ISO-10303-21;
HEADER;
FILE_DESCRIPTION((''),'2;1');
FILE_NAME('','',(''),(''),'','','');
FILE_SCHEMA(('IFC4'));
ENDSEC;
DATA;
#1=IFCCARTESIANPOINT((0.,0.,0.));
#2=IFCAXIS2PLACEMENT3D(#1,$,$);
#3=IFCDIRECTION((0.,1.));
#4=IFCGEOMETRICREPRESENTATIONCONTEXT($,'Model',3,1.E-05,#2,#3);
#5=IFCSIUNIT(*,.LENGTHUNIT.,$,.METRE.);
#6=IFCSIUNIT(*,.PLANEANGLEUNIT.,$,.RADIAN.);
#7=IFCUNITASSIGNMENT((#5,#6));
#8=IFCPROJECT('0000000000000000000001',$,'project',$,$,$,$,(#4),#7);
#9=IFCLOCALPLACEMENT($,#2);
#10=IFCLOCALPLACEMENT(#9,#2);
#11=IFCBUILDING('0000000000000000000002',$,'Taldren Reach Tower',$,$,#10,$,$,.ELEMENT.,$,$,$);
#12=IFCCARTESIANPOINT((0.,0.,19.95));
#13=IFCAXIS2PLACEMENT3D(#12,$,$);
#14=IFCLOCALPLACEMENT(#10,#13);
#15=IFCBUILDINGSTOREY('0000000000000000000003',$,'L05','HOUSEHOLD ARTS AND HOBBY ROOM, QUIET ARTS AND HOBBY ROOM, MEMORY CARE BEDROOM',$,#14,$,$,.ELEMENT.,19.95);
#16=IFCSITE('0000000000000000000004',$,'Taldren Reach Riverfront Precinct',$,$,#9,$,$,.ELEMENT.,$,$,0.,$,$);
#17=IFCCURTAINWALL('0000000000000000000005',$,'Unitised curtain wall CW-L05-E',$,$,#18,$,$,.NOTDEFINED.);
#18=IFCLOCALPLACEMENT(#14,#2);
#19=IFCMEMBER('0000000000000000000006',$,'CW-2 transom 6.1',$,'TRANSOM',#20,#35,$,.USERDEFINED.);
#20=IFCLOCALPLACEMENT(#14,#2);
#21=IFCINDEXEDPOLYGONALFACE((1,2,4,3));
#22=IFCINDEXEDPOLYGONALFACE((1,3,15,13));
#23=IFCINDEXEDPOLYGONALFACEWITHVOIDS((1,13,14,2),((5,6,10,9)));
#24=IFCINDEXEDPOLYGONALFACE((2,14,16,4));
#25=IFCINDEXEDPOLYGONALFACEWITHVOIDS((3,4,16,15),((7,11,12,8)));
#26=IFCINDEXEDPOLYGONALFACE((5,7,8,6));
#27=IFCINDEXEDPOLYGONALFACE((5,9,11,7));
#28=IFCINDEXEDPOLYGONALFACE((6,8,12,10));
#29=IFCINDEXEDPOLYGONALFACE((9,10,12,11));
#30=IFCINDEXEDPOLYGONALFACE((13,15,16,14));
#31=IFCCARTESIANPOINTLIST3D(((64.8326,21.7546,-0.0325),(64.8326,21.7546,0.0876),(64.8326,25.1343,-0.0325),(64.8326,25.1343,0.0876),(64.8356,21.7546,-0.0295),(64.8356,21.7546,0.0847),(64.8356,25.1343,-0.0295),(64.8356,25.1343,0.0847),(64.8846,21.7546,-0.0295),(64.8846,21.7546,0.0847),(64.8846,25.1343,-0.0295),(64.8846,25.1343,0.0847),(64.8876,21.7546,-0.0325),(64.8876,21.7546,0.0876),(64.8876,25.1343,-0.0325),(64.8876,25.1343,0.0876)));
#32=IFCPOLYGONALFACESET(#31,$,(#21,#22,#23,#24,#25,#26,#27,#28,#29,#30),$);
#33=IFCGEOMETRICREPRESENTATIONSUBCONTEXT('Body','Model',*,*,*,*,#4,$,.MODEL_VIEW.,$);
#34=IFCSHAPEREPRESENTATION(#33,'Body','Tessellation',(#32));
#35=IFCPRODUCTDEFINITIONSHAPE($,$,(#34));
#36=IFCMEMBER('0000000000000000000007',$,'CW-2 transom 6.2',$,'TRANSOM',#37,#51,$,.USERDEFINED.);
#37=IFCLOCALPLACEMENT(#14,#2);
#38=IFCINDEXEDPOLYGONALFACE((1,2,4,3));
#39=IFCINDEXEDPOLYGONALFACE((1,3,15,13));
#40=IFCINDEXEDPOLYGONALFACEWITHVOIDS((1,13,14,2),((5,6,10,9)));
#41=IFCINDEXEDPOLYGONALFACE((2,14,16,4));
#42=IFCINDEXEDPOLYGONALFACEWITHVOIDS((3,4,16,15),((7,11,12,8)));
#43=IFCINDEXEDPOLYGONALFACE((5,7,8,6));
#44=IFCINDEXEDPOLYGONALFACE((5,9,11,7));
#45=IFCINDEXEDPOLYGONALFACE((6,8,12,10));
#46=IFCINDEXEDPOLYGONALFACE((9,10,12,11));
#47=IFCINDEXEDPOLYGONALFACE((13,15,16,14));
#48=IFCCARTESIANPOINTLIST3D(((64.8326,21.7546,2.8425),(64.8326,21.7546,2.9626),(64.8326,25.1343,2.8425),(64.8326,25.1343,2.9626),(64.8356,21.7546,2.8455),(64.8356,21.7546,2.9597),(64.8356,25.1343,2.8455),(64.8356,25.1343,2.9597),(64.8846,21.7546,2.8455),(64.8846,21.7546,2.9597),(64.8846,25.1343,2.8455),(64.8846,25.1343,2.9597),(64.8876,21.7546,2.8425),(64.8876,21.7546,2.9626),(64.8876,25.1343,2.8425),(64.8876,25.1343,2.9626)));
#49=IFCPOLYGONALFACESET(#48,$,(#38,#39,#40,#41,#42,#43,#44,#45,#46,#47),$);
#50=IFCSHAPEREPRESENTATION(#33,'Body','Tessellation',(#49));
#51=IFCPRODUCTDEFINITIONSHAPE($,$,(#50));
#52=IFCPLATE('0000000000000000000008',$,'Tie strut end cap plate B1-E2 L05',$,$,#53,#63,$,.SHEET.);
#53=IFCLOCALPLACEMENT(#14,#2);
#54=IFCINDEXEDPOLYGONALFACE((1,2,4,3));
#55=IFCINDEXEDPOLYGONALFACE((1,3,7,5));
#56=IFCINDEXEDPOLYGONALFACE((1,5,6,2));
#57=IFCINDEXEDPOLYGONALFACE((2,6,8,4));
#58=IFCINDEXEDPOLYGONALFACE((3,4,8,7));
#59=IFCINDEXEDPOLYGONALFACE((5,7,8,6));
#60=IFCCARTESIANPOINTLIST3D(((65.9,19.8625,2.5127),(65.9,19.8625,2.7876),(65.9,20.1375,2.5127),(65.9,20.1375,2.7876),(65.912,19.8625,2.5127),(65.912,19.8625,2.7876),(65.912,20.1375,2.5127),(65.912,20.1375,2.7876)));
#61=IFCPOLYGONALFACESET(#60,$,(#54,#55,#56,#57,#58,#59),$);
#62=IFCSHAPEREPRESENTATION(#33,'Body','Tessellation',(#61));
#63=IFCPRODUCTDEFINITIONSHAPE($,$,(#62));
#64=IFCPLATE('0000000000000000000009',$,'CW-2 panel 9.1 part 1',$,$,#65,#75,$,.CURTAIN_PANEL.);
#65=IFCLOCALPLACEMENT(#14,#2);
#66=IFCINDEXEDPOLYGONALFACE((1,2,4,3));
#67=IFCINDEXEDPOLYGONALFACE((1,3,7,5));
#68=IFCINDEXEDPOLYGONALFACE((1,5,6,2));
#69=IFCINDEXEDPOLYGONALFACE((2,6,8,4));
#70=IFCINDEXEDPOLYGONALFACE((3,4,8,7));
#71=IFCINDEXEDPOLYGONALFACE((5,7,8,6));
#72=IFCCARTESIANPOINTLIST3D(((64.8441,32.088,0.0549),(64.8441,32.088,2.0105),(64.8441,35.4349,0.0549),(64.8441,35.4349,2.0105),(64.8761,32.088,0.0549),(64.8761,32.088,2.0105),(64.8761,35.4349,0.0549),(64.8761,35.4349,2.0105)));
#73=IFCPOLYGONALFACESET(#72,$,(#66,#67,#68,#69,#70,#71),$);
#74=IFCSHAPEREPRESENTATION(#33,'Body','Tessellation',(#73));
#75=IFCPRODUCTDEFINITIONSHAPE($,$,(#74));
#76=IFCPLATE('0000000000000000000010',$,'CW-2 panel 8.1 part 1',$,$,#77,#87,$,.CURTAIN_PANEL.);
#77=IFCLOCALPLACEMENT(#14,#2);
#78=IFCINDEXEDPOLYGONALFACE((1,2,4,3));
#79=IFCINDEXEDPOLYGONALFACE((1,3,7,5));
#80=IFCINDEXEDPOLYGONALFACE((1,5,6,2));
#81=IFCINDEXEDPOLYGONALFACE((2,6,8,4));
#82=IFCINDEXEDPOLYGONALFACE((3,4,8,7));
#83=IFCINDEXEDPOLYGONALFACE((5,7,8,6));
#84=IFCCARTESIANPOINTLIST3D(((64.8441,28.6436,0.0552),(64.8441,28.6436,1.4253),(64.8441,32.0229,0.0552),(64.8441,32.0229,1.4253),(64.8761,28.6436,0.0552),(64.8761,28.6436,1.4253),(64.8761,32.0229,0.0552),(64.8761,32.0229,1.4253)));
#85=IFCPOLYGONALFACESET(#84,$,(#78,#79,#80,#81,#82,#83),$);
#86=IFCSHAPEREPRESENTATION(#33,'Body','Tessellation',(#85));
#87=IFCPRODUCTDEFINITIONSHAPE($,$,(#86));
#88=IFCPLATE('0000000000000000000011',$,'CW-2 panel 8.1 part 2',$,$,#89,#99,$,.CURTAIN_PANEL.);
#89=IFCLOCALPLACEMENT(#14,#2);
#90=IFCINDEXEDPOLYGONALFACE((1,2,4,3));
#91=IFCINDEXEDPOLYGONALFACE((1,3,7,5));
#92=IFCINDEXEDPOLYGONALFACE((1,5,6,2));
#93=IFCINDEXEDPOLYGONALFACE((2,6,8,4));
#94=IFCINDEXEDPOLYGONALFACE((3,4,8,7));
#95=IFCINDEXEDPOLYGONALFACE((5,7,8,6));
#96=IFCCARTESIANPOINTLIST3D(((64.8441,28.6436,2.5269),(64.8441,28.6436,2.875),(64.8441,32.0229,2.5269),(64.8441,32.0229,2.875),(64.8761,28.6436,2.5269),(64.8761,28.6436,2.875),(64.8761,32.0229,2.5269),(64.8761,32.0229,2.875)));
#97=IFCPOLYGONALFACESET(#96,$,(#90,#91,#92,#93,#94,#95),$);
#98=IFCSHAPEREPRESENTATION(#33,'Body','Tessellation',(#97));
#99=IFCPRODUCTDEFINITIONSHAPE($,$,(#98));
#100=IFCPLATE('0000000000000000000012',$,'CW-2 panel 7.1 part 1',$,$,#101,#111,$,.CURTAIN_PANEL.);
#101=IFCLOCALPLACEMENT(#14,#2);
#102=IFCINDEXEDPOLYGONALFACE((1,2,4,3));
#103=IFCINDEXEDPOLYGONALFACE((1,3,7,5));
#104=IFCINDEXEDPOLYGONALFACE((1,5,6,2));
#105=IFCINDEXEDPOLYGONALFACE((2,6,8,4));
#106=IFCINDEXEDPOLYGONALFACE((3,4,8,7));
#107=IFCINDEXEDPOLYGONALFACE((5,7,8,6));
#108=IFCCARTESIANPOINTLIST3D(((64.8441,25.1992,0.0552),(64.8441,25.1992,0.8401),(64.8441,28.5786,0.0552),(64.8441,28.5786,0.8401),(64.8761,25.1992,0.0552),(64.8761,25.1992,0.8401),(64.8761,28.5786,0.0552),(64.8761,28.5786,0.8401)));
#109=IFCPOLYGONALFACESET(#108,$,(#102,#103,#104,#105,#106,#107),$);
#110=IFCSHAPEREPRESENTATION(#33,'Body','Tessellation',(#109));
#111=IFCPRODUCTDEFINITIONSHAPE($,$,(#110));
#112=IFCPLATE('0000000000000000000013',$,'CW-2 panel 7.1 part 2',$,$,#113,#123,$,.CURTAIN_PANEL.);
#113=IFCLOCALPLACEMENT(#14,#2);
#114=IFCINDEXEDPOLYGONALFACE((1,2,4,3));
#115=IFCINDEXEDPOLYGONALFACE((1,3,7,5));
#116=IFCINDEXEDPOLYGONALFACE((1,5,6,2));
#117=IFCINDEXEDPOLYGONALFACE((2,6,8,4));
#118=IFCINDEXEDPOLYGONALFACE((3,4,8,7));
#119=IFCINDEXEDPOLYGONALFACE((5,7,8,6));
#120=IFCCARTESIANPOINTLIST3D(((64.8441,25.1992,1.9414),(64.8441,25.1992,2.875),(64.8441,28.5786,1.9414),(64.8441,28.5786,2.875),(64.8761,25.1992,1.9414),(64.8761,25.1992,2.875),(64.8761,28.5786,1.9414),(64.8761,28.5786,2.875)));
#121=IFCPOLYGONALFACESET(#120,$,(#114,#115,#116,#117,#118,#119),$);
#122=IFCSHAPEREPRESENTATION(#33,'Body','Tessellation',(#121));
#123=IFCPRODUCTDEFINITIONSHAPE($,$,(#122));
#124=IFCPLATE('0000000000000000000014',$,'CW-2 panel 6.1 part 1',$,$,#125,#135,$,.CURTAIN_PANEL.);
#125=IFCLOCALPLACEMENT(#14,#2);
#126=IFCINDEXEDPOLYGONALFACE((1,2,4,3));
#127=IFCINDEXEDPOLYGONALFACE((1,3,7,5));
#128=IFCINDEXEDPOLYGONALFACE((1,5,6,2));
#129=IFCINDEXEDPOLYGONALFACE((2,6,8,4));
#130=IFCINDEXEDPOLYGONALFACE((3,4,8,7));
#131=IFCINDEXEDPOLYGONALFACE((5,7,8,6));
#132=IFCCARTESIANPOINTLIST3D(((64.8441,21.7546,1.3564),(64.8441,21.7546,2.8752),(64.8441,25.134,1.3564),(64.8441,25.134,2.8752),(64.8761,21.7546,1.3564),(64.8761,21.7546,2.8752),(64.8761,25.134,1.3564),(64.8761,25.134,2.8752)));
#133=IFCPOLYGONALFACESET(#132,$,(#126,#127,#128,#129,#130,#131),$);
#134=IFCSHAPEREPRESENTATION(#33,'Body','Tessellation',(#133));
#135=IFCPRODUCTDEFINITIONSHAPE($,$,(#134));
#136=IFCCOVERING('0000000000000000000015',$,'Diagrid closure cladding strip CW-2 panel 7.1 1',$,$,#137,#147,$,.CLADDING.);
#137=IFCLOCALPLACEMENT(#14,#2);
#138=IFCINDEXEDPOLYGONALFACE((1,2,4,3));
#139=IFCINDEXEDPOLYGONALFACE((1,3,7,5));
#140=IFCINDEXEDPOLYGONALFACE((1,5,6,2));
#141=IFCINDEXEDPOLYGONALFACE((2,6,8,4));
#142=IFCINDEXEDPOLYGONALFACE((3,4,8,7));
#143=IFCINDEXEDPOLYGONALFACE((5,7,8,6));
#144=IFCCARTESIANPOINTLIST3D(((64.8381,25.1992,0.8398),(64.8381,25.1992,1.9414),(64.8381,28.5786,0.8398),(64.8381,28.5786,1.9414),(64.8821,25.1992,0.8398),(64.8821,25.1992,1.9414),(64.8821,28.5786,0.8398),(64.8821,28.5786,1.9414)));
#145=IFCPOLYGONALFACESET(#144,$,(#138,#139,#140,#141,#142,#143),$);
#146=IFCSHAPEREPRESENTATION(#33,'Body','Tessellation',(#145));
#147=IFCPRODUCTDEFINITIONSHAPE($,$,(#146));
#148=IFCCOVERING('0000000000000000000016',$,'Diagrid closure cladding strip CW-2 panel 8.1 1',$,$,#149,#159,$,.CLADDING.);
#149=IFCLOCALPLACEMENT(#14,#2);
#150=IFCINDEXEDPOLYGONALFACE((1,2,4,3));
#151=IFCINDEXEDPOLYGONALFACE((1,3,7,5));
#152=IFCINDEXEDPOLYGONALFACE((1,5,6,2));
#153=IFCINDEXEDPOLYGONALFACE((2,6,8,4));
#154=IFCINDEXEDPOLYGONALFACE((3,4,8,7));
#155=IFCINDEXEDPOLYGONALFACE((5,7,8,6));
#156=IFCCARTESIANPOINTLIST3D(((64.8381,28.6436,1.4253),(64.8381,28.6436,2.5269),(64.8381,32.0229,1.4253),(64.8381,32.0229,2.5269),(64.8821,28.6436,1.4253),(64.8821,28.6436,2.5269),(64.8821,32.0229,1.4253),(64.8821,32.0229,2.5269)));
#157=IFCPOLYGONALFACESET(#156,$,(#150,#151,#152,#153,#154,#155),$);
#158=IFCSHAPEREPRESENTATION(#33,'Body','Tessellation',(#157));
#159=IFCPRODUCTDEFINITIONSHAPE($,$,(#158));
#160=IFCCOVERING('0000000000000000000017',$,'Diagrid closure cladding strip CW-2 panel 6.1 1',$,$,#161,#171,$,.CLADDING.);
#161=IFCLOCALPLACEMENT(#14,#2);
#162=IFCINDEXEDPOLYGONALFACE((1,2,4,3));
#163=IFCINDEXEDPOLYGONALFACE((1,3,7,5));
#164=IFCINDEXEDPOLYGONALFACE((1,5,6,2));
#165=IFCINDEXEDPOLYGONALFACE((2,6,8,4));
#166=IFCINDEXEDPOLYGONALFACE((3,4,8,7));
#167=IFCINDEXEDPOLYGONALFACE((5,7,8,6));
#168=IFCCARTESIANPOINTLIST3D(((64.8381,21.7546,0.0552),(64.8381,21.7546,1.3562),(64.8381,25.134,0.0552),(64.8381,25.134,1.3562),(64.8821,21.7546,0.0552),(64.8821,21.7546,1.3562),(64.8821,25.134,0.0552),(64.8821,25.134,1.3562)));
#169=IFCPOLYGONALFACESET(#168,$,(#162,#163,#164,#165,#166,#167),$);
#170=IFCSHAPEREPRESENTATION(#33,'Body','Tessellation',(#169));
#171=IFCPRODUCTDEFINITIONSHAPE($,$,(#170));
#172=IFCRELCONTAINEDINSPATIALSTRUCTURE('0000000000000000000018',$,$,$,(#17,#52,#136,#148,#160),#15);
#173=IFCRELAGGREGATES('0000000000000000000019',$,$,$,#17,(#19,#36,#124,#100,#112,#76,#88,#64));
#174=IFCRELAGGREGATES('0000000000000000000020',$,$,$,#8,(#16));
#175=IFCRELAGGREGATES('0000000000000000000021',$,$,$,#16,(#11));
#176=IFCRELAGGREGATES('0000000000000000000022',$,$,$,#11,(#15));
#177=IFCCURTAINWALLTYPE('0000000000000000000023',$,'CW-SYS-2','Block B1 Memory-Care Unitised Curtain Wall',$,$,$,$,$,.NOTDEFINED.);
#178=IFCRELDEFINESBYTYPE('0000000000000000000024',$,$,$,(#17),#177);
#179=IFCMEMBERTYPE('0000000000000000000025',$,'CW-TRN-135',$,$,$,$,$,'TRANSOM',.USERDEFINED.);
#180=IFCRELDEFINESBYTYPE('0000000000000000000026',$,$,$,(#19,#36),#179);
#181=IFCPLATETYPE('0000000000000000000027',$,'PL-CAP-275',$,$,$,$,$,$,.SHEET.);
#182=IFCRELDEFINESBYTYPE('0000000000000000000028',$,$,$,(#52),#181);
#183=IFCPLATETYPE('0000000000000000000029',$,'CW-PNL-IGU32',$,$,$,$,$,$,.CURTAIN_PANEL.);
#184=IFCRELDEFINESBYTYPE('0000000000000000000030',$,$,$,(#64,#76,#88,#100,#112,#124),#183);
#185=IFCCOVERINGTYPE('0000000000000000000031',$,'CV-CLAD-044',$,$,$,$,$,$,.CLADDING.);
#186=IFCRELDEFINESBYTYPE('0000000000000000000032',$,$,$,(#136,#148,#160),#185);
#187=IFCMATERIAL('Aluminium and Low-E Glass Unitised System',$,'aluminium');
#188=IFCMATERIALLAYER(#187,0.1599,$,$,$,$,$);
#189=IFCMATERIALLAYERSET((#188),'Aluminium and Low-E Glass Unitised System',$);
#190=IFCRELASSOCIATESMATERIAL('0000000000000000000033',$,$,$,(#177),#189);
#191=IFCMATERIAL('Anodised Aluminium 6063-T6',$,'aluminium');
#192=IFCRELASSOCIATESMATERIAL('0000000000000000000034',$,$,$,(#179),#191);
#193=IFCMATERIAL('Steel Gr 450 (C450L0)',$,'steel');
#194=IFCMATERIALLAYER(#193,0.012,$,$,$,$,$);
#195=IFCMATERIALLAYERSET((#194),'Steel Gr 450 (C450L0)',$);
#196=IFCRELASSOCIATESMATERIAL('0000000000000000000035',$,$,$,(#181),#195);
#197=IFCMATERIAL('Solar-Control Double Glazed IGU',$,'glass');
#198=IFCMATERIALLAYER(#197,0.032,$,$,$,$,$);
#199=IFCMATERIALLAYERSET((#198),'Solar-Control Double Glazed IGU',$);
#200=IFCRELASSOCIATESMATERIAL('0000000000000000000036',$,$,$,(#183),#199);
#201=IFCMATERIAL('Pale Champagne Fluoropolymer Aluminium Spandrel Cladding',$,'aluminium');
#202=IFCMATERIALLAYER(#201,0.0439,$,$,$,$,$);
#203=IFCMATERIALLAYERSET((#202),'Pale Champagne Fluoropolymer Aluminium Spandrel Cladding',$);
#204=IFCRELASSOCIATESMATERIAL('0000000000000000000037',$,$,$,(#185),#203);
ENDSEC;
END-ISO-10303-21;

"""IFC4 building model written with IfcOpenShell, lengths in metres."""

from ifc_helpers import new_model, si_unit, direction, frame, origin, origin_2d, place, context, subcontext, project, spatial, rectangle, hollow_rectangle, extrude, source, transform, mapped, material, layer, layer_set, material_profile, profile_set, type_object, element, aggregate, save


model = new_model("IFC4")

# Units and contexts
model_context = context("Model", 3, precision=1e-05, world=origin(), true_north=direction((0.0, 1.0)))
body_context = subcontext(model_context, "Body", "Model", "MODEL_VIEW")
ifc_project = project(units=[si_unit("LENGTHUNIT", "METRE"), si_unit("PLANEANGLEUNIT", "RADIAN")], contexts=[model_context])

# Site, building, storey
site_placement = place(None, origin())
site = spatial("IfcSite", under=ifc_project, at=site_placement, Name="Taldren Reach Riverfront Precinct", CompositionType="ELEMENT", RefElevation=0.0)
building_placement = place(site_placement, origin())
building = spatial("IfcBuilding", under=site, at=building_placement, Name="Taldren Reach Tower", CompositionType="ELEMENT")
storey_placement = place(building_placement, frame((0.0, 0.0, 19.95)))
storey = spatial("IfcBuildingStorey", under=building, at=storey_placement, Name="L05", Description="HOUSEHOLD ARTS AND HOBBY ROOM, QUIET ARTS AND HOBBY ROOM, MEMORY CARE BEDROOM", CompositionType="ELEMENT", Elevation=19.95)

# Shared definitions
ifc_material_1 = material(Name="Steel Gr 450 (C450L0)", Category="steel")

# Curtain wall, members
ifc_material_2 = material(Name="Aluminium and Low-E Glass Unitised System", Category="aluminium")
ifc_layer_1 = layer(ifc_material_2, 0.1599)
ifc_layer_set_1 = layer_set([ifc_layer_1], Name="Aluminium and Low-E Glass Unitised System")
curtain_wall_type = type_object("IfcCurtainWallType", Name="CW-SYS-2", Description="Block B1 Memory-Care Unitised Curtain Wall", PredefinedType="NOTDEFINED", material=ifc_layer_set_1)
curtain_wall_placement = place(storey_placement, origin())
curtain_wall = element("IfcCurtainWall", 1, at=curtain_wall_placement, inside=storey, type_object=curtain_wall_type, Name="Unitised curtain wall CW-L05-E", PredefinedType="NOTDEFINED")
ifc_material_3 = material(Name="Anodised Aluminium 6063-T6", Category="aluminium")
ifc_material_profile_1 = material_profile(ifc_material_3, hollow_rectangle(XDim=0.0549, YDim=0.1201, WallThickness=0.0029, at=origin_2d()), Name="ALU-120x55x3RHS")
ifc_profile_set_1 = profile_set([ifc_material_profile_1], Name="Anodised Aluminium 6063-T6")
member_type_1 = type_object("IfcMemberType", Name="CW-TRN-135", ElementType="TRANSOM", PredefinedType="USERDEFINED", material=ifc_profile_set_1)
shared_shape_1 = source(origin(), body_context, "Body", "SweptSolid", [
    extrude(hollow_rectangle(XDim=0.0549, YDim=0.1201, WallThickness=0.0029, at=origin_2d()), origin(), (0.0, 0.0, 1.0), 3.3796),
])
member_1_placement = place(storey_placement, frame((64.8601, 21.7546, 0.0276), z_axis=(0.0, 1.0, 0.0), x_axis=(-1.0, 0.0, 0.0)))
member_1 = element("IfcMember", 2, at=member_1_placement, type_object=member_type_1, Name="CW-2 transom 6.1", ObjectType="TRANSOM", PredefinedType="USERDEFINED", context=body_context, shape_type="MappedRepresentation", body=[
    mapped(shared_shape_1, transform((0.0, 0.0, 0.0), scale=1.0)),
])
member_2_placement = place(storey_placement, frame((64.8601, 21.7546, 2.9026), z_axis=(0.0, 1.0, 0.0), x_axis=(-1.0, 0.0, 0.0)))
member_2 = element("IfcMember", 3, at=member_2_placement, type_object=member_type_1, Name="CW-2 transom 6.2", ObjectType="TRANSOM", PredefinedType="USERDEFINED", context=body_context, shape_type="MappedRepresentation", body=[
    mapped(shared_shape_1, transform((0.0, 0.0, 0.0), scale=1.0)),
])

# Plates
ifc_layer_2 = layer(ifc_material_1, 0.012)
ifc_layer_set_2 = layer_set([ifc_layer_2], Name="Steel Gr 450 (C450L0)")
plate_type_1 = type_object("IfcPlateType", Name="PL-CAP-275", PredefinedType="SHEET", material=ifc_layer_set_2)
shared_shape_2 = source(origin(), body_context, "Body", "SweptSolid", [
    extrude(rectangle(XDim=0.012, YDim=0.2749, at=origin_2d()), origin(), (0.0, 0.0, 1.0), 0.2749),
])
plate_1_placement = place(storey_placement, frame((65.906, 20.0, 2.5127), z_axis=(0.0, 0.0, 1.0), x_axis=(1.0, 0.0, 0.0)))
element("IfcPlate", 4, at=plate_1_placement, inside=storey, type_object=plate_type_1, Name="Tie strut end cap plate B1-E2 L05", PredefinedType="SHEET", context=body_context, shape_type="MappedRepresentation", body=[
    mapped(shared_shape_2, transform((0.0, 0.0, 0.0), scale=1.0)),
])
ifc_material_4 = material(Name="Solar-Control Double Glazed IGU", Category="glass")
ifc_layer_3 = layer(ifc_material_4, 0.032)
ifc_layer_set_3 = layer_set([ifc_layer_3], Name="Solar-Control Double Glazed IGU")
plate_type_2 = type_object("IfcPlateType", Name="CW-PNL-IGU32", PredefinedType="CURTAIN_PANEL", material=ifc_layer_set_3)
shared_shape_3 = source(origin(), body_context, "Body", "SweptSolid", [
    extrude(rectangle(XDim=3.3469, YDim=0.032, at=origin_2d()), origin(), (0.0, 0.0, 1.0), 1.9556),
])
plate_2_placement = place(storey_placement, frame((64.8601, 33.7615, 0.0549), z_axis=(0.0, 0.0, 1.0), x_axis=(0.0, 1.0, 0.0)))
plate_2 = element("IfcPlate", 5, at=plate_2_placement, type_object=plate_type_2, Name="CW-2 panel 9.1 part 1", PredefinedType="CURTAIN_PANEL", context=body_context, shape_type="MappedRepresentation", body=[
    mapped(shared_shape_3, transform((0.0, 0.0, 0.0), scale=1.0)),
])
shared_shape_4 = source(origin(), body_context, "Body", "SweptSolid", [
    extrude(rectangle(XDim=3.3794, YDim=0.032, at=origin_2d()), origin(), (0.0, 0.0, 1.0), 1.3701),
])
plate_3_placement = place(storey_placement, frame((64.8601, 30.3333, 0.0552), z_axis=(0.0, 0.0, 1.0), x_axis=(0.0, 1.0, 0.0)))
plate_3 = element("IfcPlate", 6, at=plate_3_placement, type_object=plate_type_2, Name="CW-2 panel 8.1 part 1", PredefinedType="CURTAIN_PANEL", context=body_context, shape_type="MappedRepresentation", body=[
    mapped(shared_shape_4, transform((0.0, 0.0, 0.0), scale=1.0)),
])
shared_shape_5 = source(origin(), body_context, "Body", "SweptSolid", [
    extrude(rectangle(XDim=3.3794, YDim=0.032, at=origin_2d()), origin(), (0.0, 0.0, 1.0), 0.3481),
])
plate_4_placement = place(storey_placement, frame((64.8601, 30.3333, 2.5269), z_axis=(0.0, 0.0, 1.0), x_axis=(0.0, 1.0, 0.0)))
plate_4 = element("IfcPlate", 7, at=plate_4_placement, type_object=plate_type_2, Name="CW-2 panel 8.1 part 2", PredefinedType="CURTAIN_PANEL", context=body_context, shape_type="MappedRepresentation", body=[
    mapped(shared_shape_5, transform((0.0, 0.0, 0.0), scale=1.0)),
])
shared_shape_6 = source(origin(), body_context, "Body", "SweptSolid", [
    extrude(rectangle(XDim=3.3794, YDim=0.032, at=origin_2d()), origin(), (0.0, 0.0, 1.0), 0.7849),
])
plate_5_placement = place(storey_placement, frame((64.8601, 26.8889, 0.0552), z_axis=(0.0, 0.0, 1.0), x_axis=(0.0, 1.0, 0.0)))
plate_5 = element("IfcPlate", 8, at=plate_5_placement, type_object=plate_type_2, Name="CW-2 panel 7.1 part 1", PredefinedType="CURTAIN_PANEL", context=body_context, shape_type="MappedRepresentation", body=[
    mapped(shared_shape_6, transform((0.0, 0.0, 0.0), scale=1.0)),
])
shared_shape_7 = source(origin(), body_context, "Body", "SweptSolid", [
    extrude(rectangle(XDim=3.3794, YDim=0.032, at=origin_2d()), origin(), (0.0, 0.0, 1.0), 0.9336),
])
plate_6_placement = place(storey_placement, frame((64.8601, 26.8889, 1.9414), z_axis=(0.0, 0.0, 1.0), x_axis=(0.0, 1.0, 0.0)))
plate_6 = element("IfcPlate", 9, at=plate_6_placement, type_object=plate_type_2, Name="CW-2 panel 7.1 part 2", PredefinedType="CURTAIN_PANEL", context=body_context, shape_type="MappedRepresentation", body=[
    mapped(shared_shape_7, transform((0.0, 0.0, 0.0), scale=1.0)),
])
shared_shape_8 = source(origin(), body_context, "Body", "SweptSolid", [
    extrude(rectangle(XDim=3.3794, YDim=0.032, at=origin_2d()), origin(), (0.0, 0.0, 1.0), 1.5188),
])
plate_7_placement = place(storey_placement, frame((64.8601, 23.4443, 1.3564), z_axis=(0.0, 0.0, 1.0), x_axis=(0.0, 1.0, 0.0)))
plate_7 = element("IfcPlate", 10, at=plate_7_placement, type_object=plate_type_2, Name="CW-2 panel 6.1 part 1", PredefinedType="CURTAIN_PANEL", context=body_context, shape_type="MappedRepresentation", body=[
    mapped(shared_shape_8, transform((0.0, 0.0, 0.0), scale=1.0)),
])
aggregate(curtain_wall, [member_1, member_2, plate_7, plate_5, plate_6, plate_3, plate_4, plate_2])

# Coverings
ifc_material_5 = material(Name="Pale Champagne Fluoropolymer Aluminium Spandrel Cladding", Category="aluminium")
ifc_layer_4 = layer(ifc_material_5, 0.0439)
ifc_layer_set_4 = layer_set([ifc_layer_4], Name="Pale Champagne Fluoropolymer Aluminium Spandrel Cladding")
covering_type = type_object("IfcCoveringType", Name="CV-CLAD-044", PredefinedType="CLADDING", material=ifc_layer_set_4)
shared_shape_9 = source(origin(), body_context, "Body", "SweptSolid", [
    extrude(rectangle(XDim=3.3794, YDim=0.0439, at=origin_2d()), origin(), (0.0, 0.0, 1.0), 1.1016),
])
for number, where, z_axis, x_axis, name in (
    (11, (64.8601, 26.8889, 0.8398), (0.0, 0.0, 1.0), (0.0, 1.0, 0.0), "Diagrid closure cladding strip CW-2 panel 7.1 1"),
    (12, (64.8601, 30.3333, 1.4253), (0.0, 0.0, 1.0), (0.0, 1.0, 0.0), "Diagrid closure cladding strip CW-2 panel 8.1 1"),
):
    element("IfcCovering", number, at=place(storey_placement, frame(where, z_axis=z_axis, x_axis=x_axis)), inside=storey, type_object=covering_type, Name=name, PredefinedType="CLADDING", context=body_context, shape_type="MappedRepresentation", body=[
        mapped(shared_shape_9, transform((0.0, 0.0, 0.0), scale=1.0)),
    ])
shared_shape_10 = source(origin(), body_context, "Body", "SweptSolid", [
    extrude(rectangle(XDim=3.3794, YDim=0.0439, at=origin_2d()), origin(), (0.0, 0.0, 1.0), 1.301),
])
covering_placement = place(storey_placement, frame((64.8601, 23.4443, 0.0552), z_axis=(0.0, 0.0, 1.0), x_axis=(0.0, 1.0, 0.0)))
element("IfcCovering", 13, at=covering_placement, inside=storey, type_object=covering_type, Name="Diagrid closure cladding strip CW-2 panel 6.1 1", PredefinedType="CLADDING", context=body_context, shape_type="MappedRepresentation", body=[
    mapped(shared_shape_10, transform((0.0, 0.0, 0.0), scale=1.0)),
])

save(model, "model.ifc")
